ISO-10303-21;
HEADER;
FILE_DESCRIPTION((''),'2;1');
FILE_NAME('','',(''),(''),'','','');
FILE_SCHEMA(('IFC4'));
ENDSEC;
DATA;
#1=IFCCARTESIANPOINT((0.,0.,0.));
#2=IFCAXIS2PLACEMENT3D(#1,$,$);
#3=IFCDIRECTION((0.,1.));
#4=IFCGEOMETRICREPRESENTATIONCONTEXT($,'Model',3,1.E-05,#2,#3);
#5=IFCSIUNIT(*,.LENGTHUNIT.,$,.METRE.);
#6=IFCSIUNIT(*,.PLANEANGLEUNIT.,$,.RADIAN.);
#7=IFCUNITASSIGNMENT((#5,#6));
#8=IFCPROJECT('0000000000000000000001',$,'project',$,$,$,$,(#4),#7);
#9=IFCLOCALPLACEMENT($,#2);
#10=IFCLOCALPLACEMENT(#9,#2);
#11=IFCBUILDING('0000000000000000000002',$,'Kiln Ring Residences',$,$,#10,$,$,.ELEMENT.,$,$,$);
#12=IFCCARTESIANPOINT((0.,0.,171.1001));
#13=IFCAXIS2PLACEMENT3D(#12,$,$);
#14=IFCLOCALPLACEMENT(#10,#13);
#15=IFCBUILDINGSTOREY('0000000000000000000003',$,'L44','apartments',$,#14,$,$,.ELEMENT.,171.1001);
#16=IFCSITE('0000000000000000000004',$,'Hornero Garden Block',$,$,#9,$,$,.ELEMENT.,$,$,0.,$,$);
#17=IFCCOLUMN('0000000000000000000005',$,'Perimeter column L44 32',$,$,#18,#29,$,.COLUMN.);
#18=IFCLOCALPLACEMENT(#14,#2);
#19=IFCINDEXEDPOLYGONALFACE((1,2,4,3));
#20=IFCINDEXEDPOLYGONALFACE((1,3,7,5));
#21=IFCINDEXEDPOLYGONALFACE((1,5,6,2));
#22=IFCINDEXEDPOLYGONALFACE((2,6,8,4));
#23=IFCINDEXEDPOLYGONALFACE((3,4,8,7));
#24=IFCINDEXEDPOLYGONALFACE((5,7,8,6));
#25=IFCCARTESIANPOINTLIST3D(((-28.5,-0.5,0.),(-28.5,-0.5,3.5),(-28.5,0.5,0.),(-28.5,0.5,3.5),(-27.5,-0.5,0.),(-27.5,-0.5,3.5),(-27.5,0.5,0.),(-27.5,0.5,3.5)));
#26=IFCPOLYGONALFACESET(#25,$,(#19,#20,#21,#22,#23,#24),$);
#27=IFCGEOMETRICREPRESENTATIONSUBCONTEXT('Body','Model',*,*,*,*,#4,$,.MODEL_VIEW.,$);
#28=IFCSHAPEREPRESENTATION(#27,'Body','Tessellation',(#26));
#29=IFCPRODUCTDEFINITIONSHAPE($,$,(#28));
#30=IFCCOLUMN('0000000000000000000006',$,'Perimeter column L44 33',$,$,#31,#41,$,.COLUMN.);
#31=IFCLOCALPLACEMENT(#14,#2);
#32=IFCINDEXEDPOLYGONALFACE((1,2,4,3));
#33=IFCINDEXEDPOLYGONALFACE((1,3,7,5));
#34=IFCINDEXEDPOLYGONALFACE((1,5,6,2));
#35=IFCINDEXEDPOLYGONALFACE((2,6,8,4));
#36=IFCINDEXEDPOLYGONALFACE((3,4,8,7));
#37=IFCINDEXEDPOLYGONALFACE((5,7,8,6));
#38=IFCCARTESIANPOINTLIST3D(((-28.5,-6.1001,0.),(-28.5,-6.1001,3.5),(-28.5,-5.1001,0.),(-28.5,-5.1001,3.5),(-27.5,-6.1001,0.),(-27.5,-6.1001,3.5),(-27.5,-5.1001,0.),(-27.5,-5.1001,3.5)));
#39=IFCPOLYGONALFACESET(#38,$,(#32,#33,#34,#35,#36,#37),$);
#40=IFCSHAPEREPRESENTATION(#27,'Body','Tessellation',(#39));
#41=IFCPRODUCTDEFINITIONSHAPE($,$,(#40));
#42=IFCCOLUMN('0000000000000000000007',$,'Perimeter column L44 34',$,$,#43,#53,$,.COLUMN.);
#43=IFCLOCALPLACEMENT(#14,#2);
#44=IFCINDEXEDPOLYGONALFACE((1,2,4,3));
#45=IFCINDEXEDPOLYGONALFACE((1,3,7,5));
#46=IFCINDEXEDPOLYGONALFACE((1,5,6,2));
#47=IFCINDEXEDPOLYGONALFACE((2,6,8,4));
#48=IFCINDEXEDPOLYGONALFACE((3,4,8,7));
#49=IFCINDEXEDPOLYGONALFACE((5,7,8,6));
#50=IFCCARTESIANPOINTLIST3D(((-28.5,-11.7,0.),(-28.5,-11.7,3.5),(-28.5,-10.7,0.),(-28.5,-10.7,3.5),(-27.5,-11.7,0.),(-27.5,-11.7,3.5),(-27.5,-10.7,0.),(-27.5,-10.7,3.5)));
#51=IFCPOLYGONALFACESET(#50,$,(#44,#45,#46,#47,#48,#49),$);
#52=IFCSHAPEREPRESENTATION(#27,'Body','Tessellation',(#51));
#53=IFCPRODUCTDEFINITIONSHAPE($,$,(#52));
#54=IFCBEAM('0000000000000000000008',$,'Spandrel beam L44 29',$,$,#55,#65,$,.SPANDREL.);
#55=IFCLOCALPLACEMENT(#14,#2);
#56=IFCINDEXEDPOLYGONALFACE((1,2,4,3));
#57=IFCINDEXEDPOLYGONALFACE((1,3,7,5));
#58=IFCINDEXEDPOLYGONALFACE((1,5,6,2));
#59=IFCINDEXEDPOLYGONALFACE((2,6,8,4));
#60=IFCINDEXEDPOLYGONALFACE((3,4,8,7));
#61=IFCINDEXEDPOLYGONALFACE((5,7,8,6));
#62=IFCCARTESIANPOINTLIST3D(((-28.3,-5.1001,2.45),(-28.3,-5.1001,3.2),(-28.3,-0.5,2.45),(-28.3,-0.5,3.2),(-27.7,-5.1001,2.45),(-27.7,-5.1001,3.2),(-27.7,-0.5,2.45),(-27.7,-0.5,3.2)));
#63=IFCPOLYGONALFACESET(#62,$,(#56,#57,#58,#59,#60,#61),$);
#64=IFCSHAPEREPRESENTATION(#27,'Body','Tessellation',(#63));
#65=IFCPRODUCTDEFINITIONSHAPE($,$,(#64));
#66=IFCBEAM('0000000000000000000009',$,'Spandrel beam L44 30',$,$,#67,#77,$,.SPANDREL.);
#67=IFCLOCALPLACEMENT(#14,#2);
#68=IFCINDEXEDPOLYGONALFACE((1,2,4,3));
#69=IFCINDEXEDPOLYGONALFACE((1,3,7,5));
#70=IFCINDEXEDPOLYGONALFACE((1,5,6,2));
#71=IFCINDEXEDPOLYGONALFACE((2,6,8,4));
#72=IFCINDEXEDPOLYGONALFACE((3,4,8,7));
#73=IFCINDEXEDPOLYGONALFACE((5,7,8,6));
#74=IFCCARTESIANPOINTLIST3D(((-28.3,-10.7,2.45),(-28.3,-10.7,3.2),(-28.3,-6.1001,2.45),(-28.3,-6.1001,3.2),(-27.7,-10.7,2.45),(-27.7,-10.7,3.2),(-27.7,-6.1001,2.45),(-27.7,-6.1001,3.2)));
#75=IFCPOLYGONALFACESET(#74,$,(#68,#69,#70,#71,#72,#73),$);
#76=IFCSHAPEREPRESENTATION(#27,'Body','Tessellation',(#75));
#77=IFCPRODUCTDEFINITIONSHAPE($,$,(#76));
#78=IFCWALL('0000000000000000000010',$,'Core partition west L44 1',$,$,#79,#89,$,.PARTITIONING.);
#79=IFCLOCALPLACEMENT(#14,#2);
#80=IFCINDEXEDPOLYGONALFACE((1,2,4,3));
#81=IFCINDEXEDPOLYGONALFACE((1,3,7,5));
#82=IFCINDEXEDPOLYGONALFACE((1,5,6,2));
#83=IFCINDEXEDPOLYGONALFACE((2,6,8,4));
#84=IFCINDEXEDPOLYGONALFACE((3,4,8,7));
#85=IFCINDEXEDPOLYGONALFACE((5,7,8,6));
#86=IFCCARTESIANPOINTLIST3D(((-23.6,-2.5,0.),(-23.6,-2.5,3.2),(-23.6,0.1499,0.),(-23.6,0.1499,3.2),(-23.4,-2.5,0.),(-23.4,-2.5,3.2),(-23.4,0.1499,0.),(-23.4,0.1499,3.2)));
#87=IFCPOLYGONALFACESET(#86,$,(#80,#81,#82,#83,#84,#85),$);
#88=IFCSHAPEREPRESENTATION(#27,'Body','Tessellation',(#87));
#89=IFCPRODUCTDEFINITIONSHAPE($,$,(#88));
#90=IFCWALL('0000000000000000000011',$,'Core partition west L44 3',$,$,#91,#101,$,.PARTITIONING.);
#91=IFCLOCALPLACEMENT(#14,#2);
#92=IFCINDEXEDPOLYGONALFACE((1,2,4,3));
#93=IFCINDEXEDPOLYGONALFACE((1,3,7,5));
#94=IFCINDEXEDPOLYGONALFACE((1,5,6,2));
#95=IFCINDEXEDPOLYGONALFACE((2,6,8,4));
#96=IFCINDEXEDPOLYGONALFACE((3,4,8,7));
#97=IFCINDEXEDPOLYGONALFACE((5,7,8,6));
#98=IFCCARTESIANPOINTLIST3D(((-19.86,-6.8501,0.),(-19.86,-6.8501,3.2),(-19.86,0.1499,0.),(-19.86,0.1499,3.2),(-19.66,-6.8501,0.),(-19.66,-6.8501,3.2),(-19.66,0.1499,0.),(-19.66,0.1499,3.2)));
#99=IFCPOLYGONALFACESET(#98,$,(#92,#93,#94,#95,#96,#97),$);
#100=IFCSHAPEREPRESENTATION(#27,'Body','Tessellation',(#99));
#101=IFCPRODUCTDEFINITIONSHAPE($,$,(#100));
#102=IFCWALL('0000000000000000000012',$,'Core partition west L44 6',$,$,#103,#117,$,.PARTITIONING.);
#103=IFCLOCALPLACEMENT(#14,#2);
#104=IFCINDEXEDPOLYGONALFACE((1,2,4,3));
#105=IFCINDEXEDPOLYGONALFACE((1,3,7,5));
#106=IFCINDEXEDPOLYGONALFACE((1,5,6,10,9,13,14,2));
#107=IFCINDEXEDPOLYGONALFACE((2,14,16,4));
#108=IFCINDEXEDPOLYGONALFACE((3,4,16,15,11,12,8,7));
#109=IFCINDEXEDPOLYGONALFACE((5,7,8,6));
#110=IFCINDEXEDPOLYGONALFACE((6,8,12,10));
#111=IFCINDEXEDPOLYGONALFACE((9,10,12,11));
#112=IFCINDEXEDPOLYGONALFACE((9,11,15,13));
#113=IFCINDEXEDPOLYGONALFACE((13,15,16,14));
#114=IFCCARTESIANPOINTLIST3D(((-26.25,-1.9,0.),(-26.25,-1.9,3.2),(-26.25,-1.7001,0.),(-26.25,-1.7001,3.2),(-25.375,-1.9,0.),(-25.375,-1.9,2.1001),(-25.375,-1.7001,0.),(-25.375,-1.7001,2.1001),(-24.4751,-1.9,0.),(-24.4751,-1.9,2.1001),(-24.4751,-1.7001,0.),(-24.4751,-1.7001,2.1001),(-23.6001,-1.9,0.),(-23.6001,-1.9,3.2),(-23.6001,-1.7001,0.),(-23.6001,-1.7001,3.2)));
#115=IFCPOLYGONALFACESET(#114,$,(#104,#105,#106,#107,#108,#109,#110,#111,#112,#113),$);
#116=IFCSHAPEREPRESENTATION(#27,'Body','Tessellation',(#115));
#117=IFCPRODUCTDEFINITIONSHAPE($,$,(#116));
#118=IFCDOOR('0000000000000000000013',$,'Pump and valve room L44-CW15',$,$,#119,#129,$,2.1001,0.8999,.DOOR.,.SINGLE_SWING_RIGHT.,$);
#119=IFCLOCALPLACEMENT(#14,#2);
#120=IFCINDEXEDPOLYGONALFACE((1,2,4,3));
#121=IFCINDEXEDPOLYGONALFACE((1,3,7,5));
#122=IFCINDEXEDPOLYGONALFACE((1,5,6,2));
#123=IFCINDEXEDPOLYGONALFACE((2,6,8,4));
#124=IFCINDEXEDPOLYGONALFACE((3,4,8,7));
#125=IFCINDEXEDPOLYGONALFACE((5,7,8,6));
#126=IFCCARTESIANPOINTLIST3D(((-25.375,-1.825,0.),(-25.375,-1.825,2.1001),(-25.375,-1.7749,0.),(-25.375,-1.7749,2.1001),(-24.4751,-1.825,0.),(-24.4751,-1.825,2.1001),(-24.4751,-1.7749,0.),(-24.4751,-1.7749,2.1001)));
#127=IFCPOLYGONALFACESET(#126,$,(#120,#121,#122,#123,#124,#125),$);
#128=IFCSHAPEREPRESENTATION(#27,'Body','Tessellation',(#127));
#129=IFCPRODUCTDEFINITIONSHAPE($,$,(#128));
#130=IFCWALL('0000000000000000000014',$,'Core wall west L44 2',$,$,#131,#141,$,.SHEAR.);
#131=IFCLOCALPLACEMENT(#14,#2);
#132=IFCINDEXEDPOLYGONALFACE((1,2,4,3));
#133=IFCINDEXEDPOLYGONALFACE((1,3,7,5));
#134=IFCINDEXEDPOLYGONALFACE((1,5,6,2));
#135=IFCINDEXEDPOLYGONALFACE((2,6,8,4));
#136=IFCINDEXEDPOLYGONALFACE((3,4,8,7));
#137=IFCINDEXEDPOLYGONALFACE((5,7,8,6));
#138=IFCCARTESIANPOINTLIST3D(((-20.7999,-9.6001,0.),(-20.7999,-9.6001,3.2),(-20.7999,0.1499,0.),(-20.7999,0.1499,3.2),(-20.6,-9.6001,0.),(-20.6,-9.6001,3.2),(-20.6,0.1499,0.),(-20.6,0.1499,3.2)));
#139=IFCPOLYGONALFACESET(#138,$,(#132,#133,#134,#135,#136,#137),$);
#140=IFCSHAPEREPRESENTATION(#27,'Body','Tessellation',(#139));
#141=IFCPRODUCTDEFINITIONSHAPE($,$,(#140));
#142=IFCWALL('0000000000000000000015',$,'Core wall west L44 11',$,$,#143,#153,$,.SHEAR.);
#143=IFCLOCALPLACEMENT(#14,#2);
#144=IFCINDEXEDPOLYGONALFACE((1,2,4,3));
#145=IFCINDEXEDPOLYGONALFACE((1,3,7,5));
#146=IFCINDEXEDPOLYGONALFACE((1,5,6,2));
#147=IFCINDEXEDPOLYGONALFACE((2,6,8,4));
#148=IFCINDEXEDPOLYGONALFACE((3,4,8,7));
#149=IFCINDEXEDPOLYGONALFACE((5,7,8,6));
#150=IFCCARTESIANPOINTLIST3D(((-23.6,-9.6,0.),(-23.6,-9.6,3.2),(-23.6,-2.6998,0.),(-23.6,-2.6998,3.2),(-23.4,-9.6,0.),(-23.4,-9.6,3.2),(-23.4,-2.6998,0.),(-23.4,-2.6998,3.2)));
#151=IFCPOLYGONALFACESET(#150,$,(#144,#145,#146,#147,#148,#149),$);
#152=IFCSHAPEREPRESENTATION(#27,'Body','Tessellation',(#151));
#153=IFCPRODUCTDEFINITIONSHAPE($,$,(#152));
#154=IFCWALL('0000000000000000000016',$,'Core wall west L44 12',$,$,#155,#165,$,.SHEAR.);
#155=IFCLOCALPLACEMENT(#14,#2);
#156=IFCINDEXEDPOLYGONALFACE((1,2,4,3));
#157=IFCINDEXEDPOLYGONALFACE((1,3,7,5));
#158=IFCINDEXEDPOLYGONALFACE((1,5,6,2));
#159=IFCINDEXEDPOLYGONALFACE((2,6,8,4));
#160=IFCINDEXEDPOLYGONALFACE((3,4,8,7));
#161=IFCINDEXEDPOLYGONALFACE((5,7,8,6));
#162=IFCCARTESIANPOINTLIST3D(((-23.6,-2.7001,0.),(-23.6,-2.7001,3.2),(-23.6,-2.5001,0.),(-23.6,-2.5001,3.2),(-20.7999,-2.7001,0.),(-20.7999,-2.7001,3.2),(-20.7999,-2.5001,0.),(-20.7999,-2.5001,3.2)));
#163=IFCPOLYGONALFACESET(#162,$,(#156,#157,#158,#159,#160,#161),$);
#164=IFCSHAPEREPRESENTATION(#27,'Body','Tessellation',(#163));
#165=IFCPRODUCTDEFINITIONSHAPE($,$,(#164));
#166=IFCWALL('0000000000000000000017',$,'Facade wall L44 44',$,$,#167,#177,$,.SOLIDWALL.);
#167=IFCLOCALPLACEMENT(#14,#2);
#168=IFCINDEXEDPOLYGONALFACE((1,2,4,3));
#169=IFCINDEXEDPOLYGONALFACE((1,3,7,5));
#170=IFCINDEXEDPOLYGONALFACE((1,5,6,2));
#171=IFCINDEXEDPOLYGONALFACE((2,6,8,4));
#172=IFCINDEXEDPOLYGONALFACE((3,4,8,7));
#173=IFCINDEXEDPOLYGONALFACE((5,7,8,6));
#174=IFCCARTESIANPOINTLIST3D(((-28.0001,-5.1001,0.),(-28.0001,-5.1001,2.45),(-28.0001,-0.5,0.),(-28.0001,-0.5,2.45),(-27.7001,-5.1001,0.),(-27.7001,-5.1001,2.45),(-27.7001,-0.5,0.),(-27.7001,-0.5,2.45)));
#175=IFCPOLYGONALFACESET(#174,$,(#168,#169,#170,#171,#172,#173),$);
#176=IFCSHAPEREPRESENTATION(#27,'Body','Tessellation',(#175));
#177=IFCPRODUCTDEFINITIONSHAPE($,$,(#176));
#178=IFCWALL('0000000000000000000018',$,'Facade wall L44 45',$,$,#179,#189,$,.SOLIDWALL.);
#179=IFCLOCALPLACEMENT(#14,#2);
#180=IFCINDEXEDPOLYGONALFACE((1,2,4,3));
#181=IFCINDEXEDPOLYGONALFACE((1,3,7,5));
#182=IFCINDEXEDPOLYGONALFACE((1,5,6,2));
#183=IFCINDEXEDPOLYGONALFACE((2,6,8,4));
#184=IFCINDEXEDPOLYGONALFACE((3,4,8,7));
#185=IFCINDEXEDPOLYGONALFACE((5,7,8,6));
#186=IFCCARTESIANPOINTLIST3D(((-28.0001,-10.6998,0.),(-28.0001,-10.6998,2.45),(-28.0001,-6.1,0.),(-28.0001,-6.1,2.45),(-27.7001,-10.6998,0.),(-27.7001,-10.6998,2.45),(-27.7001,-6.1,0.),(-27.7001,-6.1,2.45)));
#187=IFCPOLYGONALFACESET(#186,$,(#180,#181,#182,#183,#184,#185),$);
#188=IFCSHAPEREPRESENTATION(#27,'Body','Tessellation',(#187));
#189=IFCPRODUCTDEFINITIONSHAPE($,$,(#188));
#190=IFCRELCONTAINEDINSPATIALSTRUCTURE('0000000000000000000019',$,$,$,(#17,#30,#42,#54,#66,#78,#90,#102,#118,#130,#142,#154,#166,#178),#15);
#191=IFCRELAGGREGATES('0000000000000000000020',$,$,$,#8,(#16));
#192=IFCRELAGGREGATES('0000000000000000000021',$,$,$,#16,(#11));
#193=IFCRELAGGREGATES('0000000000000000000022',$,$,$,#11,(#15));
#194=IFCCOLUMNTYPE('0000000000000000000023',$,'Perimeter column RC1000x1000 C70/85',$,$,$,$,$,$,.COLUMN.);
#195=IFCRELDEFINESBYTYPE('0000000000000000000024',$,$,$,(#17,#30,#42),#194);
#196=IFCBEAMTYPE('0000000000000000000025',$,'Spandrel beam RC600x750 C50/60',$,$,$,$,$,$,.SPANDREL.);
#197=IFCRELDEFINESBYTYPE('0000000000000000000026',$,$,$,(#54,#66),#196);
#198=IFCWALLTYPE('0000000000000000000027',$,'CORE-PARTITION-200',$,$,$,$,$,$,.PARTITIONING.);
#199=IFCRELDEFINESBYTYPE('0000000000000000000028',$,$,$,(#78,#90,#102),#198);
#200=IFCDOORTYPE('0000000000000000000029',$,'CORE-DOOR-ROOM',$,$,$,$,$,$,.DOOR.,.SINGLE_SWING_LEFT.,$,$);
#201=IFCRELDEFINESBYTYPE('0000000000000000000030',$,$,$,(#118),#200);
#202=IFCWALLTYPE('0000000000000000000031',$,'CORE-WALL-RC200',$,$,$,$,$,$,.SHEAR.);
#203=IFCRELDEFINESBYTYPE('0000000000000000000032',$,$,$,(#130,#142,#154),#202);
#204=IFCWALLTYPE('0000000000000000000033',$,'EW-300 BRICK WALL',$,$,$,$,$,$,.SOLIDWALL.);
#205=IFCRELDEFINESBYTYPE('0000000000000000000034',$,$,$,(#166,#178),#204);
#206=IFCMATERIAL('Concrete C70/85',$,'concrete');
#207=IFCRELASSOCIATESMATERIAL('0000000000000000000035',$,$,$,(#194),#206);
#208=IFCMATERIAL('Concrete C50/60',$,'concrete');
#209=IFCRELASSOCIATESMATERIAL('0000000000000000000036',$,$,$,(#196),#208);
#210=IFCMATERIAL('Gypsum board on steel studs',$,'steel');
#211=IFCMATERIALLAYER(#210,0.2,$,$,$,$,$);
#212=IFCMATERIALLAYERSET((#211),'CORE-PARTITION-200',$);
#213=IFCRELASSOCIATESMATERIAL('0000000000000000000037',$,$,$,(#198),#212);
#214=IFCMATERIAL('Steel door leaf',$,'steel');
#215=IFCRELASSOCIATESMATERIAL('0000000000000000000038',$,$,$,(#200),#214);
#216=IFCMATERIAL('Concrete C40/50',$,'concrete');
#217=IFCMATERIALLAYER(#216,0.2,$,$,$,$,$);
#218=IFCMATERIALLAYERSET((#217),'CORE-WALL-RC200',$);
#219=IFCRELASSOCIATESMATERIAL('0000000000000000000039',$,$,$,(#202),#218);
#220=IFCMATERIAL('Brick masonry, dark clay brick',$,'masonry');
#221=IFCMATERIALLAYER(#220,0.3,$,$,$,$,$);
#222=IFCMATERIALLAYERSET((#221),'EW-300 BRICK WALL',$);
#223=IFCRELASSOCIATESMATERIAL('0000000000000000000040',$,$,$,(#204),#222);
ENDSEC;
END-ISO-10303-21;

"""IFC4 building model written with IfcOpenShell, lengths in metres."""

from ifc_helpers import new_model, si_unit, direction, frame, frame_2d, origin, origin_2d, place, context, subcontext, project, spatial, rectangle, extrude, material, layer, layer_set, material_profile, profile_set, type_object, element, fill, save


model = new_model("IFC4")

# Units and contexts
model_context = context("Model", 3, precision=1e-05, world=origin(), true_north=direction((0.0, 1.0)))
body_context = subcontext(model_context, "Body", "Model", "MODEL_VIEW")
ifc_project = project(units=[si_unit("LENGTHUNIT", "METRE"), si_unit("PLANEANGLEUNIT", "RADIAN")], contexts=[model_context])

# Site, building, storey
site_placement = place(None, origin())
site = spatial("IfcSite", under=ifc_project, at=site_placement, Name="Hornero Garden Block", CompositionType="ELEMENT", RefElevation=0.0)
building_placement = place(site_placement, origin())
building = spatial("IfcBuilding", under=site, at=building_placement, Name="Kiln Ring Residences", CompositionType="ELEMENT")
storey_placement = place(building_placement, frame((0.0, 0.0, 171.1001)))
storey = spatial("IfcBuildingStorey", under=building, at=storey_placement, Name="L44", Description="apartments", CompositionType="ELEMENT", Elevation=171.1001)

# Columns
ifc_material_1 = material(Name="Concrete C70/85", Category="concrete")
ifc_material_profile_1 = material_profile(ifc_material_1, rectangle(XDim=1.0, YDim=1.0, at=origin_2d()), Name="RC1000x1000")
ifc_profile_set_1 = profile_set([ifc_material_profile_1], Name="Concrete C70/85")
column_type = type_object("IfcColumnType", Name="Perimeter column RC1000x1000 C70/85", PredefinedType="COLUMN", material=ifc_profile_set_1)
for number, where, z_axis, x_axis, name in (
    (1, (-28.0, 0.0, 0.0), (0.0, 0.0, 1.0), (1.0, 0.0, 0.0), "Perimeter column L44 32"),
    (2, (-28.0, -5.6001, 0.0), (0.0, 0.0, 1.0), (1.0, 0.0, 0.0), "Perimeter column L44 33"),
    (3, (-28.0, -11.2, 0.0), (0.0, 0.0, 1.0), (1.0, 0.0, 0.0), "Perimeter column L44 34"),
):
    element("IfcColumn", number, at=place(storey_placement, frame(where, z_axis=z_axis, x_axis=x_axis)), inside=storey, type_object=column_type, Name=name, PredefinedType="COLUMN", context=body_context, shape_type="SweptSolid", body=[
        extrude(rectangle(XDim=1.0, YDim=1.0, at=origin_2d()), origin(), (0.0, 0.0, 1.0), 3.5),
    ])

# Beams
ifc_material_2 = material(Name="Concrete C50/60", Category="concrete")
ifc_material_profile_2 = material_profile(ifc_material_2, rectangle(XDim=0.6001, YDim=0.75, at=origin_2d()), Name="RC600x750")
ifc_profile_set_2 = profile_set([ifc_material_profile_2], Name="Concrete C50/60")
beam_type = type_object("IfcBeamType", Name="Spandrel beam RC600x750 C50/60", PredefinedType="SPANDREL", material=ifc_profile_set_2)
beam_1_placement = place(storey_placement, frame((-28.0, -0.5, 2.825), z_axis=(0.0, -1.0, 0.0), x_axis=(1.0, 0.0, 0.0)))
element("IfcBeam", 4, at=beam_1_placement, inside=storey, type_object=beam_type, Name="Spandrel beam L44 29", PredefinedType="SPANDREL", context=body_context, shape_type="SweptSolid", body=[
    extrude(rectangle(XDim=0.6001, YDim=0.75, at=origin_2d()), origin(), (0.0, 0.0, 1.0), 4.6001),
])
beam_2_placement = place(storey_placement, frame((-28.0, -6.1001, 2.825), z_axis=(0.0, -1.0, 0.0), x_axis=(1.0, 0.0, 0.0)))
element("IfcBeam", 5, at=beam_2_placement, inside=storey, type_object=beam_type, Name="Spandrel beam L44 30", PredefinedType="SPANDREL", context=body_context, shape_type="SweptSolid", body=[
    extrude(rectangle(XDim=0.6001, YDim=0.75, at=origin_2d()), origin(), (0.0, 0.0, 1.0), 4.5999),
])

# Walls
ifc_material_3 = material(Name="Gypsum board on steel studs", Category="steel")
ifc_layer_1 = layer(ifc_material_3, 0.2)
ifc_layer_set_1 = layer_set([ifc_layer_1], Name="CORE-PARTITION-200")
wall_type_1 = type_object("IfcWallType", Name="CORE-PARTITION-200", PredefinedType="PARTITIONING", material=ifc_layer_set_1)
wall_1_placement = place(storey_placement, frame((-23.5, -2.5, 0.0), z_axis=(0.0, 0.0, 1.0), x_axis=(0.0, 1.0, 0.0)))
element("IfcWall", 6, at=wall_1_placement, inside=storey, type_object=wall_type_1, Name="Core partition west L44 1", PredefinedType="PARTITIONING", context=body_context, shape_type="SweptSolid", body=[
    extrude(rectangle(XDim=2.6499, YDim=0.2, at=frame_2d((1.325, 0.0))), origin(), (0.0, 0.0, 1.0), 3.2),
])
wall_2_placement = place(storey_placement, frame((-19.76, -6.8501, 0.0), z_axis=(0.0, 0.0, 1.0), x_axis=(0.0, 1.0, 0.0)))
element("IfcWall", 7, at=wall_2_placement, inside=storey, type_object=wall_type_1, Name="Core partition west L44 3", PredefinedType="PARTITIONING", context=body_context, shape_type="SweptSolid", body=[
    extrude(rectangle(XDim=7.0, YDim=0.2, at=frame_2d((3.5, 0.0))), origin(), (0.0, 0.0, 1.0), 3.2),
])

# Wall, opening, door
wall_3_placement = place(storey_placement, frame((-23.6001, -1.8, 0.0), z_axis=(0.0, 0.0, 1.0), x_axis=(-1.0, 0.0, 0.0)))
wall_3 = element("IfcWall", 8, at=wall_3_placement, inside=storey, type_object=wall_type_1, Name="Core partition west L44 6", PredefinedType="PARTITIONING", context=body_context, shape_type="SweptSolid", body=[
    extrude(rectangle(XDim=2.6499, YDim=0.2, at=frame_2d((1.325, 0.0))), origin(), (0.0, 0.0, 1.0), 3.2),
])
opening_placement = place(wall_3_placement, frame((0.875, 0.0, 0.0)))
opening = element("IfcOpeningElement", 9, at=opening_placement, cuts=wall_3, PredefinedType="OPENING", context=body_context, shape_type="SweptSolid", body=[
    extrude(rectangle(XDim=0.8999, YDim=2.1001, at=frame_2d((0.45, 1.05))), frame((0.0, 0.1099, 0.0), z_axis=(0.0, -1.0, 0.0), x_axis=(1.0, 0.0, 0.0)), (0.0, 0.0, 1.0), 0.22),
])
ifc_material_4 = material(Name="Steel door leaf", Category="steel")
door_type = type_object("IfcDoorType", Name="CORE-DOOR-ROOM", OperationType="SINGLE_SWING_LEFT", PredefinedType="DOOR", material=ifc_material_4)
door_placement = place(opening_placement, origin())
door = element("IfcDoor", 10, at=door_placement, inside=storey, type_object=door_type, Name="Pump and valve room L44-CW15", OperationType="SINGLE_SWING_RIGHT", OverallHeight=2.1001, OverallWidth=0.8999, PredefinedType="DOOR", context=body_context, shape_type="SweptSolid", body=[
    extrude(rectangle(XDim=0.8999, YDim=2.1001, at=frame_2d((0.45, 1.05))), frame((0.0, 0.0249, 0.0), z_axis=(0.0, -1.0, 0.0), x_axis=(1.0, 0.0, 0.0)), (0.0, 0.0, 1.0), 0.05),
])
fill(opening, door)

# Walls
ifc_material_5 = material(Name="Concrete C40/50", Category="concrete")
ifc_layer_2 = layer(ifc_material_5, 0.2)
ifc_layer_set_2 = layer_set([ifc_layer_2], Name="CORE-WALL-RC200")
wall_type_2 = type_object("IfcWallType", Name="CORE-WALL-RC200", PredefinedType="SHEAR", material=ifc_layer_set_2)
wall_4_placement = place(storey_placement, frame((-20.7, -9.6001, 0.0), z_axis=(0.0, 0.0, 1.0), x_axis=(0.0, 1.0, 0.0)))
element("IfcWall", 11, at=wall_4_placement, inside=storey, type_object=wall_type_2, Name="Core wall west L44 2", PredefinedType="SHEAR", context=body_context, shape_type="SweptSolid", body=[
    extrude(rectangle(XDim=9.75, YDim=0.2, at=frame_2d((4.875, 0.0))), origin(), (0.0, 0.0, 1.0), 3.2),
])
wall_5_placement = place(storey_placement, frame((-23.5, -9.6001, 0.0), z_axis=(0.0, 0.0, 1.0), x_axis=(0.0, 1.0, 0.0)))
element("IfcWall", 12, at=wall_5_placement, inside=storey, type_object=wall_type_2, Name="Core wall west L44 11", PredefinedType="SHEAR", context=body_context, shape_type="SweptSolid", body=[
    extrude(rectangle(XDim=6.9001, YDim=0.2, at=frame_2d((3.4502, 0.0))), origin(), (0.0, 0.0, 1.0), 3.2),
])
wall_6_placement = place(storey_placement, frame((-20.8, -2.6001, 0.0), z_axis=(0.0, 0.0, 1.0), x_axis=(-1.0, 0.0, 0.0)))
element("IfcWall", 13, at=wall_6_placement, inside=storey, type_object=wall_type_2, Name="Core wall west L44 12", PredefinedType="SHEAR", context=body_context, shape_type="SweptSolid", body=[
    extrude(rectangle(XDim=2.8, YDim=0.2, at=frame_2d((1.3999, 0.0))), origin(), (0.0, 0.0, 1.0), 3.2),
])
ifc_material_6 = material(Name="Brick masonry, dark clay brick", Category="masonry")
ifc_layer_3 = layer(ifc_material_6, 0.3)
ifc_layer_set_3 = layer_set([ifc_layer_3], Name="EW-300 BRICK WALL")
wall_type_3 = type_object("IfcWallType", Name="EW-300 BRICK WALL", PredefinedType="SOLIDWALL", material=ifc_layer_set_3)
wall_7_placement = place(storey_placement, frame((-27.8501, -0.5, 0.0), z_axis=(0.0, 0.0, 1.0), x_axis=(0.0, -1.0, 0.0)))
element("IfcWall", 14, at=wall_7_placement, inside=storey, type_object=wall_type_3, Name="Facade wall L44 44", PredefinedType="SOLIDWALL", context=body_context, shape_type="SweptSolid", body=[
    extrude(rectangle(XDim=4.6001, YDim=0.3, at=frame_2d((2.3, 0.0))), origin(), (0.0, 0.0, 1.0), 2.45),
])
wall_8_placement = place(storey_placement, frame((-27.8501, -6.1001, 0.0), z_axis=(0.0, 0.0, 1.0), x_axis=(0.0, -1.0, 0.0)))
element("IfcWall", 15, at=wall_8_placement, inside=storey, type_object=wall_type_3, Name="Facade wall L44 45", PredefinedType="SOLIDWALL", context=body_context, shape_type="SweptSolid", body=[
    extrude(rectangle(XDim=4.5999, YDim=0.3, at=frame_2d((2.2998, 0.0))), origin(), (0.0, 0.0, 1.0), 2.45),
])

save(model, "model.ifc")
